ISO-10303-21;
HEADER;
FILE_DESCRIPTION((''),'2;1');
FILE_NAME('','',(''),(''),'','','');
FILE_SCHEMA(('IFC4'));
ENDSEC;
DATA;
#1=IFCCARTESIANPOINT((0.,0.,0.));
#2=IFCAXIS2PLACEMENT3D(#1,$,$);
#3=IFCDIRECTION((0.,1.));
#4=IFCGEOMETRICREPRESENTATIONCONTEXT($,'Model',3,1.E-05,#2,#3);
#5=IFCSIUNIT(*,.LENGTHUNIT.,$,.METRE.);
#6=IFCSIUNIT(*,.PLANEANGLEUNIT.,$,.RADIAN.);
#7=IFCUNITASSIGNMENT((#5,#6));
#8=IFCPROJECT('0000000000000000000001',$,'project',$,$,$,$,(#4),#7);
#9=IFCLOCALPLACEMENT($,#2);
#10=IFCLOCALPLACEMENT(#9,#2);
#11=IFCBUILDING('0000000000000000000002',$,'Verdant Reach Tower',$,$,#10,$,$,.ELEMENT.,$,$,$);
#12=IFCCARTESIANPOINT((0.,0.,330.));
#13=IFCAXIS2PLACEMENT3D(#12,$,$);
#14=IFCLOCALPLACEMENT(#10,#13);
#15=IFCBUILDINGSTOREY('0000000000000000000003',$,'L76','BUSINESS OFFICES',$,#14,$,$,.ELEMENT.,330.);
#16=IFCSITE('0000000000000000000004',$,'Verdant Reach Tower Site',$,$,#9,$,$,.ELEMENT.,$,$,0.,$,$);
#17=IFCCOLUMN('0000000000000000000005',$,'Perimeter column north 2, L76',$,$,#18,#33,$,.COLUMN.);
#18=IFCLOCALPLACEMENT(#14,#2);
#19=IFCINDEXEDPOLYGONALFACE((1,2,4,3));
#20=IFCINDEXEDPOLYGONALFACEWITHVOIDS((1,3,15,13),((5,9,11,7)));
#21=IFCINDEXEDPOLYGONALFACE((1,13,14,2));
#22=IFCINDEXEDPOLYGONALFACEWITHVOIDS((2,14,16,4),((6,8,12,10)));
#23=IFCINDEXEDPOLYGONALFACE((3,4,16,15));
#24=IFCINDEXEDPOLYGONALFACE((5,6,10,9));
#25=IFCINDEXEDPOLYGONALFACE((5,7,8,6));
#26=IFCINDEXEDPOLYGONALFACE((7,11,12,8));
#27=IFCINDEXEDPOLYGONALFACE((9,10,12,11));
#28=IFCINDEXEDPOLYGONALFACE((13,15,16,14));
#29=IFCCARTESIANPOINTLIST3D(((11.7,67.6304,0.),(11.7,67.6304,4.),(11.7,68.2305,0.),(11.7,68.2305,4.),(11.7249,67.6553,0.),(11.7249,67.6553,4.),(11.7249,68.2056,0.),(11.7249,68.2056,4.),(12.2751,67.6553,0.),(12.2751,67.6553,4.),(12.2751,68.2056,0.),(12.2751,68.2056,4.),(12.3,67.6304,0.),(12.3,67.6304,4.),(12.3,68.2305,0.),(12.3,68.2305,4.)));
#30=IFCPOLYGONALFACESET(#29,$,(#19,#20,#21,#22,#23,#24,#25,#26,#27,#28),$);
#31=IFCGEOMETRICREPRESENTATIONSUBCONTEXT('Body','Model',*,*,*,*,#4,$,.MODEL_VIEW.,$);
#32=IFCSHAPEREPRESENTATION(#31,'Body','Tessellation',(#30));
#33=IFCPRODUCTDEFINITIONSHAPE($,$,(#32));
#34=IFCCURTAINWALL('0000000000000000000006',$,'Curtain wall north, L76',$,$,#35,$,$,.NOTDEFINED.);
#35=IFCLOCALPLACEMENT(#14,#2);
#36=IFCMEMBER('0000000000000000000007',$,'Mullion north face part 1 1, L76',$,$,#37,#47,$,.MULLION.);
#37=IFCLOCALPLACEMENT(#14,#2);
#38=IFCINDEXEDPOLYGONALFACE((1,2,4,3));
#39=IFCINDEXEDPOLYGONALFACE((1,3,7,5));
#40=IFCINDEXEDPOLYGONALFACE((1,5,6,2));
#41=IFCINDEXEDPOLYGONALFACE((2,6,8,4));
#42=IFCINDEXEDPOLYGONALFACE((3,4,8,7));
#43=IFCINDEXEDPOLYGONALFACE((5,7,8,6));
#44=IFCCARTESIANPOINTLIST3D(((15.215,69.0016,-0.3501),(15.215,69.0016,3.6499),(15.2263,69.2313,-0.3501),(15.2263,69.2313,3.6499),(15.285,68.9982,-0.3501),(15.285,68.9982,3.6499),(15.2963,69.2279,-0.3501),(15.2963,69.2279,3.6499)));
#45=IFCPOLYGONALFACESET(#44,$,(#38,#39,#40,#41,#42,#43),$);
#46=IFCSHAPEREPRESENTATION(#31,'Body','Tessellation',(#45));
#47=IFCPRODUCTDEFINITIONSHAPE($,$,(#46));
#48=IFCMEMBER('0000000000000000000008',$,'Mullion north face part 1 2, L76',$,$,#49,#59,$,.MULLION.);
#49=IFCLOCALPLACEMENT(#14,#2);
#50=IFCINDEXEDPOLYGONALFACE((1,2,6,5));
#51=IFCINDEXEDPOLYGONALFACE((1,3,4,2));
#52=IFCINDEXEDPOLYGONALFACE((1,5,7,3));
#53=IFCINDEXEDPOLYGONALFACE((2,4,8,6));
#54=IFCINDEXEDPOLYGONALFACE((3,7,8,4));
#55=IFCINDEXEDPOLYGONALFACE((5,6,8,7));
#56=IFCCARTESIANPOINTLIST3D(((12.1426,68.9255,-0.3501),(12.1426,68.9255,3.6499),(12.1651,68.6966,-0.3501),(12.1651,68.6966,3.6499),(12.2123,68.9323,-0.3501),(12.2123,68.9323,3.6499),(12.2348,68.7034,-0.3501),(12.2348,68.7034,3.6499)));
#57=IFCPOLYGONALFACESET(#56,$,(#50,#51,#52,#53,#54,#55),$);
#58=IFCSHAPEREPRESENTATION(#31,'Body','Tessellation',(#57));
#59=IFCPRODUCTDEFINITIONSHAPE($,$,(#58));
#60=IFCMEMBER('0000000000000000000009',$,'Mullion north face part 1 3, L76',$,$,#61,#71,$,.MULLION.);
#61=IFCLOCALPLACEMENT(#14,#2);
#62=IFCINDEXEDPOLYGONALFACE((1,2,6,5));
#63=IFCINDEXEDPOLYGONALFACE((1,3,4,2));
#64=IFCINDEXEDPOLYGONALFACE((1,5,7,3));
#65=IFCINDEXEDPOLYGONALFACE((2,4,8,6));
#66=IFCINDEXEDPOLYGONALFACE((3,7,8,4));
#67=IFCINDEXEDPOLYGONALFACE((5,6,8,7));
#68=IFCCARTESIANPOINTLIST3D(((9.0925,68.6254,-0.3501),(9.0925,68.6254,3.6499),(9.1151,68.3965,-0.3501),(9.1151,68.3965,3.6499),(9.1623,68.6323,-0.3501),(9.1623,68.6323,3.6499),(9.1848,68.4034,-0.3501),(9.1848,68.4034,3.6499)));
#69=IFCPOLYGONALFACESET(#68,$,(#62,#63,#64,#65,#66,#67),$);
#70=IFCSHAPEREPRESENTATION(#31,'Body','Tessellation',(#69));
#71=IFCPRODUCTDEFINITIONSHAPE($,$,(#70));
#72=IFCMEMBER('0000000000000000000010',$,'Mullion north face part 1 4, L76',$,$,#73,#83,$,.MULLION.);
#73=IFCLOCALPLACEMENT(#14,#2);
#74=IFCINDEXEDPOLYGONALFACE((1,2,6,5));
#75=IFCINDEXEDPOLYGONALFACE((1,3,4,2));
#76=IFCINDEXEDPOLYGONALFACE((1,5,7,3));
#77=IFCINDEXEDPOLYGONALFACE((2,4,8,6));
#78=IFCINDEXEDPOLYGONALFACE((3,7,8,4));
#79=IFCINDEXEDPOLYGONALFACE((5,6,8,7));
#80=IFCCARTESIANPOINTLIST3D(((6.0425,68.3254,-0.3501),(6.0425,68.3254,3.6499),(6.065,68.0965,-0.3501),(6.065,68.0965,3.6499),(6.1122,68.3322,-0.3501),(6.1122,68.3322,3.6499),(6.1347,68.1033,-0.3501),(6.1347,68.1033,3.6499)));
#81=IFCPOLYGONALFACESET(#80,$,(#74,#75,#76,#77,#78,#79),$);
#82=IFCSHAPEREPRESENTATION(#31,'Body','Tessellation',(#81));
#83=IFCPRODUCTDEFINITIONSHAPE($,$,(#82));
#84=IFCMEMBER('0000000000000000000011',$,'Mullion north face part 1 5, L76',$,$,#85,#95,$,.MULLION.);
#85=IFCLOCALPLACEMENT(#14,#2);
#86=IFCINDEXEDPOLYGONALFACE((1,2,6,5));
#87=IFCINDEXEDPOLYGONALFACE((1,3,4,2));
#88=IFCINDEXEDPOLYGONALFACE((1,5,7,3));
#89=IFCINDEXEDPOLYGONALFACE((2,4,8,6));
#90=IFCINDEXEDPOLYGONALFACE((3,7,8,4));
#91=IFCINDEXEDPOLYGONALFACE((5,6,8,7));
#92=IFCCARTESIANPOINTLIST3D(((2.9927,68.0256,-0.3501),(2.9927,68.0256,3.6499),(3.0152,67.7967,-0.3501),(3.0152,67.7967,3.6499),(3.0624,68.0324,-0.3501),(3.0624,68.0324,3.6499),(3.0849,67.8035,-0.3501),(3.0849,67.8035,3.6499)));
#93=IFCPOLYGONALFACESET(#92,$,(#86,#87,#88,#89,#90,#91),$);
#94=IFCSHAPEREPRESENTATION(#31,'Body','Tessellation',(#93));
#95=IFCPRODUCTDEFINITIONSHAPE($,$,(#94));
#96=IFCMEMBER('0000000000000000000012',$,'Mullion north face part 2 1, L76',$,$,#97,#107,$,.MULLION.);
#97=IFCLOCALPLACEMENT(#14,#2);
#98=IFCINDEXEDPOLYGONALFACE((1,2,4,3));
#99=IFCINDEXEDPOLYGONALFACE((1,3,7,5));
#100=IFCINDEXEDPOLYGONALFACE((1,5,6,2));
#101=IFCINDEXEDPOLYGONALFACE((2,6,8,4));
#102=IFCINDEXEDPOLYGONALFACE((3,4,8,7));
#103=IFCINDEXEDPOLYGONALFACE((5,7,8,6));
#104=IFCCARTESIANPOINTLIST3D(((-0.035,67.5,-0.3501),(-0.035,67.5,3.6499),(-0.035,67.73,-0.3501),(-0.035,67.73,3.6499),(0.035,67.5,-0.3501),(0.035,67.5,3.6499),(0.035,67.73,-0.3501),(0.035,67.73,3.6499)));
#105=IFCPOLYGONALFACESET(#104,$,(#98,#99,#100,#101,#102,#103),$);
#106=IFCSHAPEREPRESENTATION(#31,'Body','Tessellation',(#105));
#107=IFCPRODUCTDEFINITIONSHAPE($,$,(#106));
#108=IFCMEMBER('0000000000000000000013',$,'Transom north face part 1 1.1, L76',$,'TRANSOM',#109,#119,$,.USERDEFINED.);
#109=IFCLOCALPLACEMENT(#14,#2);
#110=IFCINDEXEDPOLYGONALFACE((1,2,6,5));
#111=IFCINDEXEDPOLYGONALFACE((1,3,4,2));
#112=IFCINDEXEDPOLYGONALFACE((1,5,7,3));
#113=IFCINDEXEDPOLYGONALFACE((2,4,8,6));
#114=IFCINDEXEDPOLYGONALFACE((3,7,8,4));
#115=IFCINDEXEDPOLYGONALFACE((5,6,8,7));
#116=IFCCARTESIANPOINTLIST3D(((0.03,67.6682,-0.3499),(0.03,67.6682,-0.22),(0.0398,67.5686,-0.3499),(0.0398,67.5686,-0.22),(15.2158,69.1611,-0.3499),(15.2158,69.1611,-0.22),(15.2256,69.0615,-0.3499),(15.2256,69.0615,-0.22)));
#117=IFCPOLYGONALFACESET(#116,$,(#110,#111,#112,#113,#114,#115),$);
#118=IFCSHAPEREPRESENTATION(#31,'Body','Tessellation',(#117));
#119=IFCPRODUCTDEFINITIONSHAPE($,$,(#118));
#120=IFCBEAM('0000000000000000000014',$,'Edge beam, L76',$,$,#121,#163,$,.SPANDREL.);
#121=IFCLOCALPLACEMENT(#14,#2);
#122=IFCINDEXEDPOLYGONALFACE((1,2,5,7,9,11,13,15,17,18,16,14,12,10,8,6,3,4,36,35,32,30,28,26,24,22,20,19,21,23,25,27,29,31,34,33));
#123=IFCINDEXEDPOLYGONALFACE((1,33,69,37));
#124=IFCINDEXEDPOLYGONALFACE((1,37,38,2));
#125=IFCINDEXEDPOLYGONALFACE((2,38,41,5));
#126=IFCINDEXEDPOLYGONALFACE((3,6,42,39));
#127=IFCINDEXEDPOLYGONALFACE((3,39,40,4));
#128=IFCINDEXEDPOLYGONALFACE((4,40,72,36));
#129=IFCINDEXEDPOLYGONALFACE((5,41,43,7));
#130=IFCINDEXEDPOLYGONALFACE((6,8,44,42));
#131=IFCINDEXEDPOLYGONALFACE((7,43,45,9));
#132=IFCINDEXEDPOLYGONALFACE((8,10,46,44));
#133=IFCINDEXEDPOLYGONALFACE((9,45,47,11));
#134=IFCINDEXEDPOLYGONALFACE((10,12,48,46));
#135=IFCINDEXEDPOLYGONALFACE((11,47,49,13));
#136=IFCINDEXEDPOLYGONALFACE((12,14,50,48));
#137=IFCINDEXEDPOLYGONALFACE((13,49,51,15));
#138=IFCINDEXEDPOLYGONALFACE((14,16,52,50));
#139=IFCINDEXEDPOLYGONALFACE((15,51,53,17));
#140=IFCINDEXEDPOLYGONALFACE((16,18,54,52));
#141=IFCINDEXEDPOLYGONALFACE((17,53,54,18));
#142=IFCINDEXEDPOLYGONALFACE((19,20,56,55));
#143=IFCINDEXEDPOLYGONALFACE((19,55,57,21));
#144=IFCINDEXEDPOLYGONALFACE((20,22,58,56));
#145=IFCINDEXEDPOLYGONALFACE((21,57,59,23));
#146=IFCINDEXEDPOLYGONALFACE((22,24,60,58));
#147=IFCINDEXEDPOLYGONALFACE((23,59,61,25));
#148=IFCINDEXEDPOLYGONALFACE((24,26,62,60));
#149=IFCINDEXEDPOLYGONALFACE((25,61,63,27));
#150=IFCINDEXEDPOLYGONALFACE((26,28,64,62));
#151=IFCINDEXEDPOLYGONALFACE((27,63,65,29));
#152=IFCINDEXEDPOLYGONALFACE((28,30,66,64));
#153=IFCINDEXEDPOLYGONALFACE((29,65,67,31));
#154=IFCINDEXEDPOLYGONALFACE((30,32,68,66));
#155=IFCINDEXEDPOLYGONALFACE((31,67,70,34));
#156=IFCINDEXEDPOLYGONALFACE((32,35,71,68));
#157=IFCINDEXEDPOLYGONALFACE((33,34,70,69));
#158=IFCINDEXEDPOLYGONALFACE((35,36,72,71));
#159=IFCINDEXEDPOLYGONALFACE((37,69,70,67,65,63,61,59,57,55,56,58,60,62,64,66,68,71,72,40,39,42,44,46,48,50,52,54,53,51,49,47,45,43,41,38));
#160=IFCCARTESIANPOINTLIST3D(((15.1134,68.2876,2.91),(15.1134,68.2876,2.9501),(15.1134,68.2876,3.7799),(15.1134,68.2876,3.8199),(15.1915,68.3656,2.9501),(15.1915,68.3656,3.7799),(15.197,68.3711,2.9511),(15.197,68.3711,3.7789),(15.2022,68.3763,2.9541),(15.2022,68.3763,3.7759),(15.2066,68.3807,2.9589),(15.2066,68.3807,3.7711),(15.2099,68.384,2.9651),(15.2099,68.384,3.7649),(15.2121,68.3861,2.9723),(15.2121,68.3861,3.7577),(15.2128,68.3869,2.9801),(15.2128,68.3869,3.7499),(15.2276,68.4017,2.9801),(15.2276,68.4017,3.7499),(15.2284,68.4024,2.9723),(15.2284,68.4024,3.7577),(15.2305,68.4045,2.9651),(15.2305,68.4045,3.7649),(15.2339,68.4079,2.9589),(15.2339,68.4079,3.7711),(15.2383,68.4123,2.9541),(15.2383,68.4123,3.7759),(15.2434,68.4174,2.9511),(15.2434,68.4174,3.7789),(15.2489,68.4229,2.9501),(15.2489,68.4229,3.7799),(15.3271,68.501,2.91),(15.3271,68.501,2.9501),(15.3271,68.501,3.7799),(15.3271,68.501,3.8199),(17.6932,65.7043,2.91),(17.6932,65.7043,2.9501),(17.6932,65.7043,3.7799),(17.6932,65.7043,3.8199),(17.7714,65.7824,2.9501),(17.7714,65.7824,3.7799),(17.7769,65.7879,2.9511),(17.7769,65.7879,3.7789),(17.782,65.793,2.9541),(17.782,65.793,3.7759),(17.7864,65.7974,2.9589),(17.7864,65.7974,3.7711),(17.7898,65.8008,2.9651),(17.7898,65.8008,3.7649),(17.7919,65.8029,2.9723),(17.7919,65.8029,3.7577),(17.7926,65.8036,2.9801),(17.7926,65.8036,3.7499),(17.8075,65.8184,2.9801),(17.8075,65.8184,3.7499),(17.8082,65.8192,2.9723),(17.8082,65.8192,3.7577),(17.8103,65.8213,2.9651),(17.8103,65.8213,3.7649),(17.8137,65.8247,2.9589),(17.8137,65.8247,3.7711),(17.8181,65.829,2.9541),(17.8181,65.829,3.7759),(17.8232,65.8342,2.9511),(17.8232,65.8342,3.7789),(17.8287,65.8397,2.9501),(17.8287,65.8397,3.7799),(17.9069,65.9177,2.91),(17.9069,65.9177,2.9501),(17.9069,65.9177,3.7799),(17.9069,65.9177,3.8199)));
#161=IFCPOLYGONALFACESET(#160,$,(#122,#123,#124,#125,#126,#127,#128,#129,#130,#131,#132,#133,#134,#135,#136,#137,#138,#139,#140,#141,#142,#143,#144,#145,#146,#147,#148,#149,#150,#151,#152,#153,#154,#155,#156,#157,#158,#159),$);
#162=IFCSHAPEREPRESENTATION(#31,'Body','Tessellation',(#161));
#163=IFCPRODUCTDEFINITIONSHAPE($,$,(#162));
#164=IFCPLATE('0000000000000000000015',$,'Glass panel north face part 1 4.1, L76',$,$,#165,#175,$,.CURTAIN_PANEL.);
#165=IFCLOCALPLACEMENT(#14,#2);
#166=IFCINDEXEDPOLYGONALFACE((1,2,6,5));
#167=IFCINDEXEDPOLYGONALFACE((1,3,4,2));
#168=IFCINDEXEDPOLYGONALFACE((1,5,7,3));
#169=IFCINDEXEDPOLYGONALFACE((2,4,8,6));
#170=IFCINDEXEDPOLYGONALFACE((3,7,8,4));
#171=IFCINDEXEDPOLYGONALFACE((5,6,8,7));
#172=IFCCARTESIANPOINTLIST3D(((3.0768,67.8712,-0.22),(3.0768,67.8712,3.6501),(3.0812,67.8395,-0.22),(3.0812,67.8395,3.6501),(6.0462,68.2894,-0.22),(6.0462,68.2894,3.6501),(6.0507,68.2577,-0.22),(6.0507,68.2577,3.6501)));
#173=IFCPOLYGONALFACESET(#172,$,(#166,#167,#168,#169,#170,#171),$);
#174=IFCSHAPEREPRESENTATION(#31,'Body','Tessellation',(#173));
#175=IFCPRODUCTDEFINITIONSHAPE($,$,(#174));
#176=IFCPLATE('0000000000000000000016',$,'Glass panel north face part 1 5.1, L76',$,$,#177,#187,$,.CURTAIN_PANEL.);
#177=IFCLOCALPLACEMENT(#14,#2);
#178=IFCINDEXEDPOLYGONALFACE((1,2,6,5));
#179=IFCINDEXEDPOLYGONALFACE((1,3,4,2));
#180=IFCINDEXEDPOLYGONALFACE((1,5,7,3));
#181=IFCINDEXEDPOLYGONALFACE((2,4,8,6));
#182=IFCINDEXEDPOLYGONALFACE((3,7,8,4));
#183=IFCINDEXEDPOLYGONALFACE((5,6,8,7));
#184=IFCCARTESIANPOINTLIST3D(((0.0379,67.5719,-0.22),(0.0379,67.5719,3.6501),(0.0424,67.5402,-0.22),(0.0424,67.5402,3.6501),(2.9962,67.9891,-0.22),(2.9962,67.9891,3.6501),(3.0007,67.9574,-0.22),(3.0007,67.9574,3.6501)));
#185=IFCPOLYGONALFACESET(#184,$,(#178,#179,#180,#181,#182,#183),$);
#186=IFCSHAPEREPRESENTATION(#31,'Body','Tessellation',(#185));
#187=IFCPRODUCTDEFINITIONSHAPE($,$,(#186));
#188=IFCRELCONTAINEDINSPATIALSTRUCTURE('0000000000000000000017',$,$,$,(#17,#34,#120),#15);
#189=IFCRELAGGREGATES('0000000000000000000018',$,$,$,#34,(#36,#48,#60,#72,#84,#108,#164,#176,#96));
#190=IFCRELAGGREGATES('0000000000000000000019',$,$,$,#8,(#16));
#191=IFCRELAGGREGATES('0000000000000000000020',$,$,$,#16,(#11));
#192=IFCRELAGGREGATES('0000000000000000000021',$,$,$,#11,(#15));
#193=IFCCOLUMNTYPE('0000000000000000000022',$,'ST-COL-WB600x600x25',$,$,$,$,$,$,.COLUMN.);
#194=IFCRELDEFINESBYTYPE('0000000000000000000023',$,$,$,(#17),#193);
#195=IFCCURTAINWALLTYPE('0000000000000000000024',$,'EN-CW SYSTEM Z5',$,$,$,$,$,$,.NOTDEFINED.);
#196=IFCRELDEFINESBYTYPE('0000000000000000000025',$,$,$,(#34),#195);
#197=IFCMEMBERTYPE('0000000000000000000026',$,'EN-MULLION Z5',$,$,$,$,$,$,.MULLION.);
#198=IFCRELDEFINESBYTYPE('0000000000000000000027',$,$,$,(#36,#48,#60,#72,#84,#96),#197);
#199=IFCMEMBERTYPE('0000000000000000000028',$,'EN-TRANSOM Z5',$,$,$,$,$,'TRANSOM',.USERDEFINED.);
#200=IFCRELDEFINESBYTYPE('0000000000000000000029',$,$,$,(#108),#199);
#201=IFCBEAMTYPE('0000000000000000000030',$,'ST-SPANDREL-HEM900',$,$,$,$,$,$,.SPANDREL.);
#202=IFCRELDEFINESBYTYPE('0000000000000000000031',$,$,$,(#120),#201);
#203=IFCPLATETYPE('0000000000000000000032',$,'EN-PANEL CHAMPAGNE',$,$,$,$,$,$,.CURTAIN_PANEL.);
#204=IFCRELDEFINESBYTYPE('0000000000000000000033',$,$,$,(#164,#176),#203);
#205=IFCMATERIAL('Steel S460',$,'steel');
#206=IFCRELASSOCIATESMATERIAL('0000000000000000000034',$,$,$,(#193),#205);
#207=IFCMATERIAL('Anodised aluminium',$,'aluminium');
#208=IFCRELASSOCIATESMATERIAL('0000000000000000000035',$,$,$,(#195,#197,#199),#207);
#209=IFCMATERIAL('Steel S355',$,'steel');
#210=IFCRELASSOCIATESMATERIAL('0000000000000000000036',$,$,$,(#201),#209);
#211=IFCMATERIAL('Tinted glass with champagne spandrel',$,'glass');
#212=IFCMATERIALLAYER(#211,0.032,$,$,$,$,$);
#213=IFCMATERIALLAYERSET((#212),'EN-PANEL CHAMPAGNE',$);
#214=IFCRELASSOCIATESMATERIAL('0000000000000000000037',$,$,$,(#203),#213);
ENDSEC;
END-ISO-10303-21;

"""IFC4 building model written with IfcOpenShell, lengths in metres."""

from ifc_helpers import new_model, si_unit, direction, frame, origin, origin_2d, place, context, subcontext, project, spatial, rectangle, hollow_rectangle, i_section, extrude, material, layer, layer_set, material_profile, profile_set, type_object, element, aggregate, save


model = new_model("IFC4")

# Units and contexts
model_context = context("Model", 3, precision=1e-05, world=origin(), true_north=direction((0.0, 1.0)))
body_context = subcontext(model_context, "Body", "Model", "MODEL_VIEW")
ifc_project = project(units=[si_unit("LENGTHUNIT", "METRE"), si_unit("PLANEANGLEUNIT", "RADIAN")], contexts=[model_context])

# Site, building, storey
site_placement = place(None, origin())
site = spatial("IfcSite", under=ifc_project, at=site_placement, Name="Verdant Reach Tower Site", CompositionType="ELEMENT", RefElevation=0.0)
building_placement = place(site_placement, origin())
building = spatial("IfcBuilding", under=site, at=building_placement, Name="Verdant Reach Tower", CompositionType="ELEMENT")
storey_placement = place(building_placement, frame((0.0, 0.0, 330.0)))
storey = spatial("IfcBuildingStorey", under=building, at=storey_placement, Name="L76", Description="BUSINESS OFFICES", CompositionType="ELEMENT", Elevation=330.0)

# Column
ifc_material_1 = material(Name="Steel S460", Category="steel")
ifc_material_profile_1 = material_profile(ifc_material_1, hollow_rectangle(XDim=0.6001, YDim=0.6001, WallThickness=0.0249, at=origin_2d()), Name="WB 600x600x25")
ifc_profile_set_1 = profile_set([ifc_material_profile_1], Name="Steel S460")
column_type = type_object("IfcColumnType", Name="ST-COL-WB600x600x25", PredefinedType="COLUMN", material=ifc_profile_set_1)
column_placement = place(storey_placement, frame((12.0, 67.9304, 0.0), z_axis=(0.0, 0.0, 1.0), x_axis=(1.0, 0.0, 0.0)))
element("IfcColumn", 1, at=column_placement, inside=storey, type_object=column_type, Name="Perimeter column north 2, L76", PredefinedType="COLUMN", context=body_context, shape_type="SweptSolid", body=[
    extrude(hollow_rectangle(XDim=0.6001, YDim=0.6001, WallThickness=0.0249, at=origin_2d()), origin(), (0.0, 0.0, 1.0), 4.0),
])

# Curtain wall, members
ifc_material_2 = material(Name="Anodised aluminium", Category="aluminium")
curtain_wall_type = type_object("IfcCurtainWallType", Name="EN-CW SYSTEM Z5", PredefinedType="NOTDEFINED", material=ifc_material_2)
curtain_wall_placement = place(storey_placement, origin())
curtain_wall = element("IfcCurtainWall", 2, at=curtain_wall_placement, inside=storey, type_object=curtain_wall_type, Name="Curtain wall north, L76", PredefinedType="NOTDEFINED")
ifc_material_profile_2 = material_profile(ifc_material_2, rectangle(XDim=0.23, YDim=0.0701, at=origin_2d()), Name="Mullion 70x230")
ifc_profile_set_2 = profile_set([ifc_material_profile_2], Name="Anodised aluminium")
member_type_1 = type_object("IfcMemberType", Name="EN-MULLION Z5", PredefinedType="MULLION", material=ifc_profile_set_2)
member_1_placement = place(storey_placement, frame((15.2556, 69.1147, -0.3501), z_axis=(0.0, 0.0, 1.0), x_axis=(0.049128, 0.998793, 0.0)))
member_1 = element("IfcMember", 3, at=member_1_placement, type_object=member_type_1, Name="Mullion north face part 1 1, L76", PredefinedType="MULLION", context=body_context, shape_type="SweptSolid", body=[
    extrude(rectangle(XDim=0.23, YDim=0.0701, at=origin_2d()), origin(), (0.0, 0.0, 1.0), 4.0),
])
member_2_placement = place(storey_placement, frame((12.1887, 68.8145, -0.3501), z_axis=(0.0, 0.0, 1.0), x_axis=(-0.097888, 0.995197, 0.0)))
member_2 = element("IfcMember", 4, at=member_2_placement, type_object=member_type_1, Name="Mullion north face part 1 2, L76", PredefinedType="MULLION", context=body_context, shape_type="SweptSolid", body=[
    extrude(rectangle(XDim=0.23, YDim=0.0701, at=origin_2d()), origin(), (0.0, 0.0, 1.0), 4.0),
])
member_3_placement = place(storey_placement, frame((9.1387, 68.5144, -0.3501), z_axis=(0.0, 0.0, 1.0), x_axis=(-0.097888, 0.995197, 0.0)))
member_3 = element("IfcMember", 5, at=member_3_placement, type_object=member_type_1, Name="Mullion north face part 1 3, L76", PredefinedType="MULLION", context=body_context, shape_type="SweptSolid", body=[
    extrude(rectangle(XDim=0.23, YDim=0.0701, at=origin_2d()), origin(), (0.0, 0.0, 1.0), 4.0),
])
member_4_placement = place(storey_placement, frame((6.0886, 68.2144, -0.3501), z_axis=(0.0, 0.0, 1.0), x_axis=(-0.097888, 0.995197, 0.0)))
member_4 = element("IfcMember", 6, at=member_4_placement, type_object=member_type_1, Name="Mullion north face part 1 4, L76", PredefinedType="MULLION", context=body_context, shape_type="SweptSolid", body=[
    extrude(rectangle(XDim=0.23, YDim=0.0701, at=origin_2d()), origin(), (0.0, 0.0, 1.0), 4.0),
])
member_5_placement = place(storey_placement, frame((3.0388, 67.9146, -0.3501), z_axis=(0.0, 0.0, 1.0), x_axis=(-0.097888, 0.995197, 0.0)))
member_5 = element("IfcMember", 7, at=member_5_placement, type_object=member_type_1, Name="Mullion north face part 1 5, L76", PredefinedType="MULLION", context=body_context, shape_type="SweptSolid", body=[
    extrude(rectangle(XDim=0.23, YDim=0.0701, at=origin_2d()), origin(), (0.0, 0.0, 1.0), 4.0),
])
member_6_placement = place(storey_placement, frame((0.0, 67.615, -0.3501), z_axis=(0.0, 0.0, 1.0), x_axis=(0.0, 1.0, 0.0)))
member_6 = element("IfcMember", 8, at=member_6_placement, type_object=member_type_1, Name="Mullion north face part 2 1, L76", PredefinedType="MULLION", context=body_context, shape_type="SweptSolid", body=[
    extrude(rectangle(XDim=0.23, YDim=0.0701, at=origin_2d()), origin(), (0.0, 0.0, 1.0), 4.0),
])
ifc_material_profile_3 = material_profile(ifc_material_2, rectangle(XDim=0.1001, YDim=0.1299, at=origin_2d()), Name="Transom 130x100")
ifc_profile_set_3 = profile_set([ifc_material_profile_3], Name="Anodised aluminium")
member_type_2 = type_object("IfcMemberType", Name="EN-TRANSOM Z5", ElementType="TRANSOM", PredefinedType="USERDEFINED", material=ifc_profile_set_3)
member_7_placement = place(storey_placement, frame((15.2207, 69.1113, -0.2849), z_axis=(-0.995202, -0.097839, 0.0), x_axis=(0.097839, -0.995202, 0.0)))
member_7 = element("IfcMember", 9, at=member_7_placement, type_object=member_type_2, Name="Transom north face part 1 1.1, L76", ObjectType="TRANSOM", PredefinedType="USERDEFINED", context=body_context, shape_type="SweptSolid", body=[
    extrude(rectangle(XDim=0.1001, YDim=0.1299, at=origin_2d()), origin(), (0.0, 0.0, 1.0), 15.259),
])

# Beam
ifc_material_3 = material(Name="Steel S355", Category="steel")
ifc_material_profile_4 = material_profile(ifc_material_3, i_section(OverallWidth=0.302, OverallDepth=0.9099, WebThickness=0.021, FlangeThickness=0.04, FilletRadius=0.03, at=origin_2d()), Name="HEM 900")
ifc_profile_set_4 = profile_set([ifc_material_profile_4], Name="Steel S355")
beam_type = type_object("IfcBeamType", Name="ST-SPANDREL-HEM900", PredefinedType="SPANDREL", material=ifc_profile_set_4)
beam_placement = place(storey_placement, frame((15.2202, 68.3943, 3.365), z_axis=(0.706639, -0.707575, 0.0), x_axis=(0.707575, 0.706639, 0.0)))
element("IfcBeam", 10, at=beam_placement, inside=storey, type_object=beam_type, Name="Edge beam, L76", PredefinedType="SPANDREL", context=body_context, shape_type="SweptSolid", body=[
    extrude(i_section(OverallWidth=0.302, OverallDepth=0.9099, WebThickness=0.021, FlangeThickness=0.04, FilletRadius=0.03, at=origin_2d()), origin(), (0.0, 0.0, 1.0), 3.6509),
])

# Plates
ifc_material_4 = material(Name="Tinted glass with champagne spandrel", Category="glass")
ifc_layer_1 = layer(ifc_material_4, 0.032)
ifc_layer_set_1 = layer_set([ifc_layer_1], Name="EN-PANEL CHAMPAGNE")
plate_type_1 = type_object("IfcPlateType", Name="EN-PANEL CHAMPAGNE", PredefinedType="CURTAIN_PANEL", material=ifc_layer_set_1)
plate_1_placement = place(storey_placement, frame((4.5637, 68.0645, -0.22), z_axis=(0.0, 0.0, 1.0), x_axis=(-0.990225, -0.139477, 0.0)))
plate_1 = element("IfcPlate", 11, at=plate_1_placement, type_object=plate_type_1, Name="Glass panel north face part 1 4.1, L76", PredefinedType="CURTAIN_PANEL", context=body_context, shape_type="SweptSolid", body=[
    extrude(rectangle(XDim=2.9988, YDim=0.032, at=origin_2d()), origin(), (0.0, 0.0, 1.0), 3.8701),
])
plate_2_placement = place(storey_placement, frame((1.5193, 67.7646, -0.22), z_axis=(0.0, 0.0, 1.0), x_axis=(-0.9902, -0.139656, 0.0)))
plate_2 = element("IfcPlate", 12, at=plate_2_placement, type_object=plate_type_1, Name="Glass panel north face part 1 5.1, L76", PredefinedType="CURTAIN_PANEL", context=body_context, shape_type="SweptSolid", body=[
    extrude(rectangle(XDim=2.9875, YDim=0.032, at=origin_2d()), origin(), (0.0, 0.0, 1.0), 3.8701),
])
aggregate(curtain_wall, [member_1, member_2, member_3, member_4, member_5, member_7, plate_1, plate_2, member_6])

save(model, "model.ifc")
